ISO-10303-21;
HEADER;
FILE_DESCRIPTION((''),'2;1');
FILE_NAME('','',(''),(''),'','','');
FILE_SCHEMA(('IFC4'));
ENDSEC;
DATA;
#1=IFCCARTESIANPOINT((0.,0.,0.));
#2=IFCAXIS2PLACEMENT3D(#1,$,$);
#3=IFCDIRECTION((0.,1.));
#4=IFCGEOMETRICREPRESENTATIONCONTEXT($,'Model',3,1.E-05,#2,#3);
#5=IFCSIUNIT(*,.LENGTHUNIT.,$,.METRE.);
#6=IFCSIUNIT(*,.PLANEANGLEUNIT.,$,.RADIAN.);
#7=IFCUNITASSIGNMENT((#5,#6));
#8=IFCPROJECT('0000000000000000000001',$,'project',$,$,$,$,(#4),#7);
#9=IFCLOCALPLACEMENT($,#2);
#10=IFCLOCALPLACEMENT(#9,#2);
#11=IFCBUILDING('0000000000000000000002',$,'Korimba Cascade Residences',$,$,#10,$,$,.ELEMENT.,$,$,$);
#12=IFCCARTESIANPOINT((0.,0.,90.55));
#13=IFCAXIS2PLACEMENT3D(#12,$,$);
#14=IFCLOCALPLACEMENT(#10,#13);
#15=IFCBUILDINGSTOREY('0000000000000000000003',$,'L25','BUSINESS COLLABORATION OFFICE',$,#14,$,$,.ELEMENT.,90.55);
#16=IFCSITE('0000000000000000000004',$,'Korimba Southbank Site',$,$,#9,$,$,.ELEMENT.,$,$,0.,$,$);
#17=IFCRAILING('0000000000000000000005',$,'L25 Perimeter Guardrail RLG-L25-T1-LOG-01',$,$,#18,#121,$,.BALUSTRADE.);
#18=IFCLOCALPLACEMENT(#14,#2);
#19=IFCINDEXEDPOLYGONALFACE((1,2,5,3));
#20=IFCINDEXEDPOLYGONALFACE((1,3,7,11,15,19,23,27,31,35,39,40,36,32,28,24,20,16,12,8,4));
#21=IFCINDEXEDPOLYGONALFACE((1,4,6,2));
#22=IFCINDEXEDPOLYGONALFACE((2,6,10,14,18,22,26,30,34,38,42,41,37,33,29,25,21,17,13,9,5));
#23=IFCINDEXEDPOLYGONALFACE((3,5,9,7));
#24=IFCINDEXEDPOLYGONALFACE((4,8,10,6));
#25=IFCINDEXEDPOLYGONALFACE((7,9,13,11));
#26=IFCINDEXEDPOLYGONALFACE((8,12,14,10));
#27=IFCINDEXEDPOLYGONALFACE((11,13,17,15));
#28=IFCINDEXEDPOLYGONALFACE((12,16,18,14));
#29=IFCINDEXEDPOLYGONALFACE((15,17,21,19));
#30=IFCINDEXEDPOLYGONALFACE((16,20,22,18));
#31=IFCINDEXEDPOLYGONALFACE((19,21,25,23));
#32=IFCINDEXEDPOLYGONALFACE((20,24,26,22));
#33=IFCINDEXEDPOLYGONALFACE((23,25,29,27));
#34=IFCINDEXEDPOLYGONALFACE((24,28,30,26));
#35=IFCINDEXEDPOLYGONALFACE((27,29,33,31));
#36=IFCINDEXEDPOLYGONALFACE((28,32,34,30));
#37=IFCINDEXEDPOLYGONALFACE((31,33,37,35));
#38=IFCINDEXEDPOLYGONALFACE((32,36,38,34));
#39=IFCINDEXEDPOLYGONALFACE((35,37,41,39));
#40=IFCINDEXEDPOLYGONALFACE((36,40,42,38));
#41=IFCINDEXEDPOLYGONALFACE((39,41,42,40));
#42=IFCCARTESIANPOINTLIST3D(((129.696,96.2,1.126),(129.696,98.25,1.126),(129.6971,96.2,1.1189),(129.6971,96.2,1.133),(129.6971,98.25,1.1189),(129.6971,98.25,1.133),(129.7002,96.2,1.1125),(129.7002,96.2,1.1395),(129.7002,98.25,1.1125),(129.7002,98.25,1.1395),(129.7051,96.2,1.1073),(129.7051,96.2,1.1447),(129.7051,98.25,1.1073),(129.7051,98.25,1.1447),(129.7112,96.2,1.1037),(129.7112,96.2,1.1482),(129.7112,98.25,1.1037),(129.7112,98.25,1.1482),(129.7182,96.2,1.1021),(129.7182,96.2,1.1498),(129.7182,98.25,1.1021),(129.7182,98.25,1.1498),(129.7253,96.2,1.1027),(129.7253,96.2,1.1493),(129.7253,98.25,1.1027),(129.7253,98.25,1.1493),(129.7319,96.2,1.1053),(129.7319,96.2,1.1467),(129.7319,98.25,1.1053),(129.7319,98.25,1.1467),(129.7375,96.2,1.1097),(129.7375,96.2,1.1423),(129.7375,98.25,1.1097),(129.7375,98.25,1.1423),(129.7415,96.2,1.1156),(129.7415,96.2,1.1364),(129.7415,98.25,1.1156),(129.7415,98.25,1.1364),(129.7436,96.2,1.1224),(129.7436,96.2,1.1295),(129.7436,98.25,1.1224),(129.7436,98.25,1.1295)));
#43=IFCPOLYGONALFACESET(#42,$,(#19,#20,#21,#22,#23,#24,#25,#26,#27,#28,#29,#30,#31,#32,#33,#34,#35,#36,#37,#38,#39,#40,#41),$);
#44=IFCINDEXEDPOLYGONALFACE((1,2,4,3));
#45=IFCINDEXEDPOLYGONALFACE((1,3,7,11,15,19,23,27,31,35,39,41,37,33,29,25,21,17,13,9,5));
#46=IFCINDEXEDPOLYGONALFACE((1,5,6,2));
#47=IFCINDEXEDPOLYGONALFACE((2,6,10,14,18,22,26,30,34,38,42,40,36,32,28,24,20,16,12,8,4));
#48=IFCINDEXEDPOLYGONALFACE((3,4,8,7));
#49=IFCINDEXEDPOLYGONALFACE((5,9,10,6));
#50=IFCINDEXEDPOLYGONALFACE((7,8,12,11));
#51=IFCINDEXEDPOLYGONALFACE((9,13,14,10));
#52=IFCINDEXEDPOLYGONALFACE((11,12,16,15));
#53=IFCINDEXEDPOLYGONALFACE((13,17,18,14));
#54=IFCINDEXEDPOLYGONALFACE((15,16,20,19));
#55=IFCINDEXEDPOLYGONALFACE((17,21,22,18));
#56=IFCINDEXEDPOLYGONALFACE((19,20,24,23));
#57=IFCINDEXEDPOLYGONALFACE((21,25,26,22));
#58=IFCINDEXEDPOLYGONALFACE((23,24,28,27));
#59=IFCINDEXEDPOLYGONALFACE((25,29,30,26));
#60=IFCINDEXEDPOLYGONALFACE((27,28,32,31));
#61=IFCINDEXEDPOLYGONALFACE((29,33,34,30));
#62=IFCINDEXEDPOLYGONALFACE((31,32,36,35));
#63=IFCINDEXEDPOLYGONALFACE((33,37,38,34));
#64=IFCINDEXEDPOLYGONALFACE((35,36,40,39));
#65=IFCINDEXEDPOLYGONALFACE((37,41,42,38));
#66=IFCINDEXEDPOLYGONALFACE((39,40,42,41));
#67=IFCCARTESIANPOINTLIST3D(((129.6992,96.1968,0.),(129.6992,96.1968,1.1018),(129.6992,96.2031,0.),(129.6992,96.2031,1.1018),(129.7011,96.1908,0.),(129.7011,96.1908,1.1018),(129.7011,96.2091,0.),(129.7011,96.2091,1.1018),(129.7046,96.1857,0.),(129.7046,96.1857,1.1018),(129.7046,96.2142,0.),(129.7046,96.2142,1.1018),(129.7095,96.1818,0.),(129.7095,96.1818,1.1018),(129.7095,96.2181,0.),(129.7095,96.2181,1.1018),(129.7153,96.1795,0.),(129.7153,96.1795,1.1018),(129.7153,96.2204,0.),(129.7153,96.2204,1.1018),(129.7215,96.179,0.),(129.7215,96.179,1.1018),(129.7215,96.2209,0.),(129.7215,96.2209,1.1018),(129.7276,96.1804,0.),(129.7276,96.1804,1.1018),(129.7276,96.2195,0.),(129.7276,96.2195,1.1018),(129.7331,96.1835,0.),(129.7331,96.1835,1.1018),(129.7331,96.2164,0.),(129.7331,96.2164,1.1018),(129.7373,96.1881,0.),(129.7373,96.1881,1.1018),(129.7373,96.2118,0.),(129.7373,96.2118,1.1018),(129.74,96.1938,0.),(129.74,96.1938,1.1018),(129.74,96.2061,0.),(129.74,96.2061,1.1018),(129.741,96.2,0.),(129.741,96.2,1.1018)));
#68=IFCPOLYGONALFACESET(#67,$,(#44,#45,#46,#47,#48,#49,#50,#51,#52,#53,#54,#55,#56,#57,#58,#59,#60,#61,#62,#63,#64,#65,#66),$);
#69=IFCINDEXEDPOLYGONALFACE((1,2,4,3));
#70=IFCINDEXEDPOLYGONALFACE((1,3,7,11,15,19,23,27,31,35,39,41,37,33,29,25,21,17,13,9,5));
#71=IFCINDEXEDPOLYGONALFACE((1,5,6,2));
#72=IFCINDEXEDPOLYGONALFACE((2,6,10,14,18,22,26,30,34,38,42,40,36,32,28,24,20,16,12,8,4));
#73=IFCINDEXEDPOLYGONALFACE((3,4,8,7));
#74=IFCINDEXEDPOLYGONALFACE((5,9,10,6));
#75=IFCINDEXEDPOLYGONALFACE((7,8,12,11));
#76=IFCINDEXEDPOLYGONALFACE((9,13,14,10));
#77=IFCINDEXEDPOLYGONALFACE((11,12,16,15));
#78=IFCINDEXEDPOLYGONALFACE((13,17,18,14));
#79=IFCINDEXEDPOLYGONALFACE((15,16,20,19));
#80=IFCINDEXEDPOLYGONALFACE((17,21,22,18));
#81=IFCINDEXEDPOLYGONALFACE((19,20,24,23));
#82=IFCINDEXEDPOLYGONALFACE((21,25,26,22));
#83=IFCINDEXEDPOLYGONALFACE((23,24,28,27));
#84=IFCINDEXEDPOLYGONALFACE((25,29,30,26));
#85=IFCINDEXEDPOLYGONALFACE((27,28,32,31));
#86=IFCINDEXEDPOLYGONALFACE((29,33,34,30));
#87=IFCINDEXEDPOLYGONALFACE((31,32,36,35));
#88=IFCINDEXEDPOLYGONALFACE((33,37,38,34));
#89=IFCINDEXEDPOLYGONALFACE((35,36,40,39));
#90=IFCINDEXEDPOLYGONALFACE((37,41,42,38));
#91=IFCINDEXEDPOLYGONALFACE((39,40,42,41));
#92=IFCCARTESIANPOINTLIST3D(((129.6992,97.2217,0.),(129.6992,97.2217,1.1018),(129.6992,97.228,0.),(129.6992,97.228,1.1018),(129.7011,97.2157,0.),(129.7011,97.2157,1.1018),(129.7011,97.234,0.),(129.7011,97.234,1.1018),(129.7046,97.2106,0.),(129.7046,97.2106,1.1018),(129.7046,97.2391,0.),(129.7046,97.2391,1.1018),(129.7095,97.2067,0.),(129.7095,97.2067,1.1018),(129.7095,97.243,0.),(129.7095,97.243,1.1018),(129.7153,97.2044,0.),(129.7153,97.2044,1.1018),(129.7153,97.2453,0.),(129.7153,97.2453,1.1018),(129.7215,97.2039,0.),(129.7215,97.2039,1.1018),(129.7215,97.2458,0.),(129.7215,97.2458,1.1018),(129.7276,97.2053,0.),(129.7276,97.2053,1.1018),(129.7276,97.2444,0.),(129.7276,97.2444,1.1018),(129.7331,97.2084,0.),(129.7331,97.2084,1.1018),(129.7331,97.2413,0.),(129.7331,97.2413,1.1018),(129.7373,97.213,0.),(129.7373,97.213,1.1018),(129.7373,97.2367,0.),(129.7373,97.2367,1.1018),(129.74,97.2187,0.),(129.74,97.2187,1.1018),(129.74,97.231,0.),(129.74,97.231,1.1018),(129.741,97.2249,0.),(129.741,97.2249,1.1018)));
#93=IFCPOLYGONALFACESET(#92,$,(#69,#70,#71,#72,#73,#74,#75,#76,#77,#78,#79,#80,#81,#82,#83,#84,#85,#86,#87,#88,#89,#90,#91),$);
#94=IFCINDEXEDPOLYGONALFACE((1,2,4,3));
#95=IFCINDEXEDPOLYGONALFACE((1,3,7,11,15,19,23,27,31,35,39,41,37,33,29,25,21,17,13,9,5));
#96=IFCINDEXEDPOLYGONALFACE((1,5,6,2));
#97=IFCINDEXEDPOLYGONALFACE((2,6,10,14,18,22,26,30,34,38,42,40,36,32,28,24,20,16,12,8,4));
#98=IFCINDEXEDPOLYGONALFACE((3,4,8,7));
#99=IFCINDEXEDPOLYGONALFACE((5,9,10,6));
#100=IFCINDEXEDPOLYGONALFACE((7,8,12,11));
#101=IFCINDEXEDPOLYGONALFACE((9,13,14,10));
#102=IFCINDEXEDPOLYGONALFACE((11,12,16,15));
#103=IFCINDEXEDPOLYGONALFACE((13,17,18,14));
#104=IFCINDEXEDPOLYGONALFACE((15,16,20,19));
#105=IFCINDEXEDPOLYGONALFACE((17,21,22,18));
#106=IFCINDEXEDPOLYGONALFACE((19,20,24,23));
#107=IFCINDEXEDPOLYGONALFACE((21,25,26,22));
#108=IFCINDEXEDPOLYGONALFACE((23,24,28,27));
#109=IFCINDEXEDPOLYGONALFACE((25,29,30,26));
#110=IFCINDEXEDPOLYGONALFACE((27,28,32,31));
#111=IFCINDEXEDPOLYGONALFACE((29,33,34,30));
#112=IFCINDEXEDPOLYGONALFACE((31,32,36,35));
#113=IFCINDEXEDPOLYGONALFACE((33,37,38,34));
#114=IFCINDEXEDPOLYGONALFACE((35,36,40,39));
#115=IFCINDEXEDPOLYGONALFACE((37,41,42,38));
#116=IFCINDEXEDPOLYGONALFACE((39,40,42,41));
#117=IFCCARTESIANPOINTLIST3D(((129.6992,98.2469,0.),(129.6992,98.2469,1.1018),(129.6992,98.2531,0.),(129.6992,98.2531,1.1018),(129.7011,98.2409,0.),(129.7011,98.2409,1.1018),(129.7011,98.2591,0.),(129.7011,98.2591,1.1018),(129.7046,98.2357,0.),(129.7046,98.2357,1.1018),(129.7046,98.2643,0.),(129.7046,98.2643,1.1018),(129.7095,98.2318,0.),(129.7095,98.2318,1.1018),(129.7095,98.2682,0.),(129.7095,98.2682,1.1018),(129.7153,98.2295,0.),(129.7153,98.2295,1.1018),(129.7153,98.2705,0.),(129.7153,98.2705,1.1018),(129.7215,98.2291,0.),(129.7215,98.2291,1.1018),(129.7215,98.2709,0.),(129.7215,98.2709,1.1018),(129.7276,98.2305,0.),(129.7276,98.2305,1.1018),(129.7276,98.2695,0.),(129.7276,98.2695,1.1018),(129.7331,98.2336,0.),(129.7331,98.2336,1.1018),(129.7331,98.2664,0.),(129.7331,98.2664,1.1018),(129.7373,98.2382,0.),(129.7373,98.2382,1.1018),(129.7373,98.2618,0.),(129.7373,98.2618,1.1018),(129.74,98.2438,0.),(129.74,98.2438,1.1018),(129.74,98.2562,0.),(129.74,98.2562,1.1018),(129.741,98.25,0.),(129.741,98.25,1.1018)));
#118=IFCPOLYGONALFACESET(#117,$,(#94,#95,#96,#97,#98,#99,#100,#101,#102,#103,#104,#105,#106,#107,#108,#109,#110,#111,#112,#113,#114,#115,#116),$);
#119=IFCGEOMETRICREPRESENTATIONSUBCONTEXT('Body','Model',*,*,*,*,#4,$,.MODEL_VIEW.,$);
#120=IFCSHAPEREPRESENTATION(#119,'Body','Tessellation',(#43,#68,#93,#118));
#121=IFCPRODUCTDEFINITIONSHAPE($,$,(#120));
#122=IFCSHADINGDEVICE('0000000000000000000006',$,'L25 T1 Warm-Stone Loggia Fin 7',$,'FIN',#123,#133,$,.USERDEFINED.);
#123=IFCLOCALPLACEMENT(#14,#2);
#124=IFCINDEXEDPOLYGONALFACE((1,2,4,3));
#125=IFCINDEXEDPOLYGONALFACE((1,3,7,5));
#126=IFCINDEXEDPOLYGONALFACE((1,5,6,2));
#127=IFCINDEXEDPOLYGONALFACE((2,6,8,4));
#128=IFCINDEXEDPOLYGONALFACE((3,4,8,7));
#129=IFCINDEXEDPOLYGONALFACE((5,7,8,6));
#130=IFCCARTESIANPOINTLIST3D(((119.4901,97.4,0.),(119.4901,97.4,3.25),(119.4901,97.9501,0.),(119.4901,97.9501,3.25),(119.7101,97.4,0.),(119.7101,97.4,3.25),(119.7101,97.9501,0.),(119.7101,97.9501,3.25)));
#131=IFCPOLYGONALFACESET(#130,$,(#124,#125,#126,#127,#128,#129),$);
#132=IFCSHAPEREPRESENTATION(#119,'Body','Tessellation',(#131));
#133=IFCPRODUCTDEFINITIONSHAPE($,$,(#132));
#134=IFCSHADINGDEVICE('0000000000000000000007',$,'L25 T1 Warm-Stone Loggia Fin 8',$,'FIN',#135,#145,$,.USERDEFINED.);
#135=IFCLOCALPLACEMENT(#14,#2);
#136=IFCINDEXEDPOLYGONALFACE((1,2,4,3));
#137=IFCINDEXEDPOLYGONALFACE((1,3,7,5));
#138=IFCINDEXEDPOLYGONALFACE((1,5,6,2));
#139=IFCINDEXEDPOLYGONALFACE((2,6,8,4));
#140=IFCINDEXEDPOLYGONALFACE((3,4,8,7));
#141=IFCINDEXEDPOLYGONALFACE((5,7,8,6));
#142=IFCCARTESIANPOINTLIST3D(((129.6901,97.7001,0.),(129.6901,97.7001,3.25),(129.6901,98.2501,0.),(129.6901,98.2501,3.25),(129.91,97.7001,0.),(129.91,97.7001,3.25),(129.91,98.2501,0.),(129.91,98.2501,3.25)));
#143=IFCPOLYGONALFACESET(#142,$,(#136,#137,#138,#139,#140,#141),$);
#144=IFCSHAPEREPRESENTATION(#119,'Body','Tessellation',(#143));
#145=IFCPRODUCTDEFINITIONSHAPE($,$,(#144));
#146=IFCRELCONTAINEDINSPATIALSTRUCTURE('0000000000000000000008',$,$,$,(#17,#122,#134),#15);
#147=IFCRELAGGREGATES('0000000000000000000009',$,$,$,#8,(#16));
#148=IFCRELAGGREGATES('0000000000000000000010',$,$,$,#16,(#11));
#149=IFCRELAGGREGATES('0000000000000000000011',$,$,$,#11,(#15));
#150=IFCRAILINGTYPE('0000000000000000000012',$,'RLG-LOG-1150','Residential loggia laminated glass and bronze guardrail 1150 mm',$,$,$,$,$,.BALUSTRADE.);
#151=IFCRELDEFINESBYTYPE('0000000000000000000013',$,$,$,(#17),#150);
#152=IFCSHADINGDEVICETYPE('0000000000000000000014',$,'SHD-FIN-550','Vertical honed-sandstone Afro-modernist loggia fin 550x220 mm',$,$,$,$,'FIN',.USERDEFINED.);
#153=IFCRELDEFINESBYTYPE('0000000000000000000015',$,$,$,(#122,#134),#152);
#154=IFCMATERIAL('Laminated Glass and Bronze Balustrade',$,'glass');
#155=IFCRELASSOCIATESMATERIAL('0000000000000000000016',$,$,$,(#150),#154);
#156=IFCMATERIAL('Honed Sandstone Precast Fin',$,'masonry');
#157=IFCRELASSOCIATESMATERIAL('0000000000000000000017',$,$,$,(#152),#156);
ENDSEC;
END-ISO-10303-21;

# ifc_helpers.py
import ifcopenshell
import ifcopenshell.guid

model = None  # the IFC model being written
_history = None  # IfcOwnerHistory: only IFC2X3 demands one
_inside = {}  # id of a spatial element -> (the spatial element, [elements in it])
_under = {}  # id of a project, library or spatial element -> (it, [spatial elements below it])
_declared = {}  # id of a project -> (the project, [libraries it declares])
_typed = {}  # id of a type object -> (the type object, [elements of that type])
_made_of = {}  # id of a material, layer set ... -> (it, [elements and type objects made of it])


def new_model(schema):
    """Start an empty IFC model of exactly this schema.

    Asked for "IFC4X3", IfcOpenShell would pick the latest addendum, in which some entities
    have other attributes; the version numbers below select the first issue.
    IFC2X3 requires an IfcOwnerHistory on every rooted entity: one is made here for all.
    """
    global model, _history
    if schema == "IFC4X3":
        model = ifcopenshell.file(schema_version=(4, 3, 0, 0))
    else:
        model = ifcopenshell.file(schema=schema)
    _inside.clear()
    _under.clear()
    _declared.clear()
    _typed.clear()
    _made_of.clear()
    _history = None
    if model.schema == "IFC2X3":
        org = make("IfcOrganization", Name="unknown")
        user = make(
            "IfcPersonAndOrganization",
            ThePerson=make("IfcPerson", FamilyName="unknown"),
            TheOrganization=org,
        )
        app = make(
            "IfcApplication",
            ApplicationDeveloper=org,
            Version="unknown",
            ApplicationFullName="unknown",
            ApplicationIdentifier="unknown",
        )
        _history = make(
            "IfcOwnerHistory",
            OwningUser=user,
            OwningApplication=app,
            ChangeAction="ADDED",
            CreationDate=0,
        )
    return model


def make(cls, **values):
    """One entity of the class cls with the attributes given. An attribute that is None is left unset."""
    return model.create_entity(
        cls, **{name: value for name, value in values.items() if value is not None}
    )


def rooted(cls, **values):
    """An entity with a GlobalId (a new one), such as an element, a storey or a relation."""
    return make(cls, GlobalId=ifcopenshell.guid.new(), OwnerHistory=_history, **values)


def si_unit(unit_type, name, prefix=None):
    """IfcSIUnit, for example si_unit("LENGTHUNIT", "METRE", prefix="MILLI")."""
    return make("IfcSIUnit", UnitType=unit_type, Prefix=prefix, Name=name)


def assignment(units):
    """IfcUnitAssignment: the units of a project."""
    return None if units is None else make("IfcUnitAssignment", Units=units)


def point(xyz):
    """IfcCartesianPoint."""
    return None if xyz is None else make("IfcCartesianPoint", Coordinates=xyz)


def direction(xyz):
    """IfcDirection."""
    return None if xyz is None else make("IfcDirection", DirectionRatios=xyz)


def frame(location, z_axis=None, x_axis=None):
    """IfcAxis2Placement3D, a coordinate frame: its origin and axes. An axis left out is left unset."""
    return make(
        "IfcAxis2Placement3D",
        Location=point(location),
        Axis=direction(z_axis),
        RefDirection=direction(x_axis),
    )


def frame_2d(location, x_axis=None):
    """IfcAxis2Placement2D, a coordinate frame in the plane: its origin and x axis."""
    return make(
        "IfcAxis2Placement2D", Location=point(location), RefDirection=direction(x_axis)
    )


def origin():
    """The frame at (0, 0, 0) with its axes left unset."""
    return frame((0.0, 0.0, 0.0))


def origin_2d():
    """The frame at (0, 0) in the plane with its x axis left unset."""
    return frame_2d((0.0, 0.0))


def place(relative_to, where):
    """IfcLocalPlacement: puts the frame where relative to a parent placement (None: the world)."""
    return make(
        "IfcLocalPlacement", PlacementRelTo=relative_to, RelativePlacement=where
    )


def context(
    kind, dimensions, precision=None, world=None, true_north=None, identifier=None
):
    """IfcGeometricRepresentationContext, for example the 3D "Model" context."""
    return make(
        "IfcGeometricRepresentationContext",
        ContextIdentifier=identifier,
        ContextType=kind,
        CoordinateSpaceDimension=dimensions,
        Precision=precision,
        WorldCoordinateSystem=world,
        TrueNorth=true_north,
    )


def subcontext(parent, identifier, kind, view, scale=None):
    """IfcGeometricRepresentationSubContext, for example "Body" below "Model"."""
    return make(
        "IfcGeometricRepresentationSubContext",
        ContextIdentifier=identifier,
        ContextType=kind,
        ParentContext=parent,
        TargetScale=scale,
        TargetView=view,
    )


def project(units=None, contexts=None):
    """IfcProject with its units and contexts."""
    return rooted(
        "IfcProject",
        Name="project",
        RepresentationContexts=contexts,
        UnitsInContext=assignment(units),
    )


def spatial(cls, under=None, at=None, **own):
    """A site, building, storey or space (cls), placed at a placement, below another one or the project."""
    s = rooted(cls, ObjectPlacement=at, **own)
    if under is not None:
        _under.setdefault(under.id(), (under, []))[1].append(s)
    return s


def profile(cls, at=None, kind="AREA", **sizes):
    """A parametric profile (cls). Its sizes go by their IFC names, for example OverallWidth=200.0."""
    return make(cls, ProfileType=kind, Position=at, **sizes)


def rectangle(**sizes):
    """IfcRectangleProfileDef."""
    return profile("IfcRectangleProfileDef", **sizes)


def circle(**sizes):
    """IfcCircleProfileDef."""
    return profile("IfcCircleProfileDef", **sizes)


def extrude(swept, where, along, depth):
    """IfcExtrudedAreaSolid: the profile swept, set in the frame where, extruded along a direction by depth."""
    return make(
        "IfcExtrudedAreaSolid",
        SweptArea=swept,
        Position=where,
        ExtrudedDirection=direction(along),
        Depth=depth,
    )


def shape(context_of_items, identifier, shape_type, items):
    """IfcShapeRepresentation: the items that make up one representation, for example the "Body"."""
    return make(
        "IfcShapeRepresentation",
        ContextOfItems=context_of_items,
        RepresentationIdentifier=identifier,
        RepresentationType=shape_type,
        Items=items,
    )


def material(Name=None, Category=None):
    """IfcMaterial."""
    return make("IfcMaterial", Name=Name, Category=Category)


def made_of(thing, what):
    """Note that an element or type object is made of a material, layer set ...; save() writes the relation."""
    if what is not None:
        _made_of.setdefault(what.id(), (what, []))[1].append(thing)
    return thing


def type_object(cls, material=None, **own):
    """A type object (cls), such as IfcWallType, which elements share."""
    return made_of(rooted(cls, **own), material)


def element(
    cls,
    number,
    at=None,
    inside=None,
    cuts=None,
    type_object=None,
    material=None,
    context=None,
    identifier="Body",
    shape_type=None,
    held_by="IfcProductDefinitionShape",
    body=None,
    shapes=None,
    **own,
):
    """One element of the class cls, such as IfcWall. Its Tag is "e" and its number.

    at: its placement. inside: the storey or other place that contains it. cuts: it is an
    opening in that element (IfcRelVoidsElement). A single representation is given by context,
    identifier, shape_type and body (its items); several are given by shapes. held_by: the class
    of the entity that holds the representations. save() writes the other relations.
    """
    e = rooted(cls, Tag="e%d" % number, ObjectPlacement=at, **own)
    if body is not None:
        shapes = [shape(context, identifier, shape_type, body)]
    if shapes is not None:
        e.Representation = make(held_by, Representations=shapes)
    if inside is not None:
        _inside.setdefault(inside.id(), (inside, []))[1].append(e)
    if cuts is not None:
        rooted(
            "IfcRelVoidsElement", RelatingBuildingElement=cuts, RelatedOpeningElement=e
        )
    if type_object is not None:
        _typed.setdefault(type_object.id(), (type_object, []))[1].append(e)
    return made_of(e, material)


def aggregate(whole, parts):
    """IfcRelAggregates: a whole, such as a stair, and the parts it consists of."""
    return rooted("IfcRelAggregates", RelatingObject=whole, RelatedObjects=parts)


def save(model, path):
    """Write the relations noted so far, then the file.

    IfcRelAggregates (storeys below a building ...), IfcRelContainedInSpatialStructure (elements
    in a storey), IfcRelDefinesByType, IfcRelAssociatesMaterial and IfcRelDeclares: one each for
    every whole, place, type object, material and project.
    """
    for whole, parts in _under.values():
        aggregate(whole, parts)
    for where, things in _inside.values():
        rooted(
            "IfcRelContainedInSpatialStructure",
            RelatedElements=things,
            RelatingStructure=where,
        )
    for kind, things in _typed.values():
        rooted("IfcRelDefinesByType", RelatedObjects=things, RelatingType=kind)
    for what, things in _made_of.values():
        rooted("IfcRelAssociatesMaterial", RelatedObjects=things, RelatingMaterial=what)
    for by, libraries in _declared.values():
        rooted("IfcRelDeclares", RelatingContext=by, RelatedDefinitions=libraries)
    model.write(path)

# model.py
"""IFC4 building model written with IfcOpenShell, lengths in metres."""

from ifc_helpers import new_model, si_unit, direction, frame, origin, origin_2d, place, context, subcontext, project, spatial, rectangle, circle, extrude, material, type_object, element, save


model = new_model("IFC4")

# Units and contexts
model_context = context("Model", 3, precision=1e-05, world=origin(), true_north=direction((0.0, 1.0)))
body_context = subcontext(model_context, "Body", "Model", "MODEL_VIEW")
ifc_project = project(units=[si_unit("LENGTHUNIT", "METRE"), si_unit("PLANEANGLEUNIT", "RADIAN")], contexts=[model_context])

# Site, building, storey
site_placement = place(None, origin())
site = spatial("IfcSite", under=ifc_project, at=site_placement, Name="Korimba Southbank Site", CompositionType="ELEMENT", RefElevation=0.0)
building_placement = place(site_placement, origin())
building = spatial("IfcBuilding", under=site, at=building_placement, Name="Korimba Cascade Residences", CompositionType="ELEMENT")
storey_placement = place(building_placement, frame((0.0, 0.0, 90.55)))
storey = spatial("IfcBuildingStorey", under=building, at=storey_placement, Name="L25", Description="BUSINESS COLLABORATION OFFICE", CompositionType="ELEMENT", Elevation=90.55)

# Railing
ifc_material_1 = material(Name="Laminated Glass and Bronze Balustrade", Category="glass")
railing_type = type_object("IfcRailingType", Name="RLG-LOG-1150", Description="Residential loggia laminated glass and bronze guardrail 1150 mm", PredefinedType="BALUSTRADE", material=ifc_material_1)
railing_1_placement = place(storey_placement, frame((129.72, 96.2, 0.0)))
element("IfcRailing", 1, at=railing_1_placement, inside=storey, type_object=railing_type, Name="L25 Perimeter Guardrail RLG-L25-T1-LOG-01", PredefinedType="BALUSTRADE", context=body_context, shape_type="SweptSolid", body=[
    extrude(circle(Radius=0.0239, at=origin_2d()), frame((0.0, 0.0, 1.126), z_axis=(0.0, 1.0, 0.0), x_axis=(-1.0, 0.0, 0.0)), (0.0, 0.0, 1.0), 2.05),
    extrude(circle(Radius=0.021, at=origin_2d()), origin(), (0.0, 0.0, 1.0), 1.1018),
    extrude(circle(Radius=0.021, at=origin_2d()), frame((0.0, 1.0249, 0.0)), (0.0, 0.0, 1.0), 1.1018),
    extrude(circle(Radius=0.021, at=origin_2d()), frame((0.0, 2.05, 0.0)), (0.0, 0.0, 1.0), 1.1018),
])

# Shading devices
ifc_material_2 = material(Name="Honed Sandstone Precast Fin", Category="masonry")
shading_device_type = type_object("IfcShadingDeviceType", Name="SHD-FIN-550", Description="Vertical honed-sandstone Afro-modernist loggia fin 550x220 mm", ElementType="FIN", PredefinedType="USERDEFINED", material=ifc_material_2)
for number, where, z_axis, x_axis, name in (
    (2, (119.6001, 97.675, 0.0), (0.0, 0.0, 1.0), (1.0, 0.0, 0.0), "L25 T1 Warm-Stone Loggia Fin 7"),
    (3, (129.8, 97.9751, 0.0), (0.0, 0.0, 1.0), (1.0, 0.0, 0.0), "L25 T1 Warm-Stone Loggia Fin 8"),
):
    element("IfcShadingDevice", number, at=place(storey_placement, frame(where, z_axis=z_axis, x_axis=x_axis)), inside=storey, type_object=shading_device_type, Name=name, ObjectType="FIN", PredefinedType="USERDEFINED", context=body_context, shape_type="SweptSolid", body=[
        extrude(rectangle(XDim=0.22, YDim=0.55, at=origin_2d()), origin(), (0.0, 0.0, 1.0), 3.25),
    ])

save(model, "model.ifc")
